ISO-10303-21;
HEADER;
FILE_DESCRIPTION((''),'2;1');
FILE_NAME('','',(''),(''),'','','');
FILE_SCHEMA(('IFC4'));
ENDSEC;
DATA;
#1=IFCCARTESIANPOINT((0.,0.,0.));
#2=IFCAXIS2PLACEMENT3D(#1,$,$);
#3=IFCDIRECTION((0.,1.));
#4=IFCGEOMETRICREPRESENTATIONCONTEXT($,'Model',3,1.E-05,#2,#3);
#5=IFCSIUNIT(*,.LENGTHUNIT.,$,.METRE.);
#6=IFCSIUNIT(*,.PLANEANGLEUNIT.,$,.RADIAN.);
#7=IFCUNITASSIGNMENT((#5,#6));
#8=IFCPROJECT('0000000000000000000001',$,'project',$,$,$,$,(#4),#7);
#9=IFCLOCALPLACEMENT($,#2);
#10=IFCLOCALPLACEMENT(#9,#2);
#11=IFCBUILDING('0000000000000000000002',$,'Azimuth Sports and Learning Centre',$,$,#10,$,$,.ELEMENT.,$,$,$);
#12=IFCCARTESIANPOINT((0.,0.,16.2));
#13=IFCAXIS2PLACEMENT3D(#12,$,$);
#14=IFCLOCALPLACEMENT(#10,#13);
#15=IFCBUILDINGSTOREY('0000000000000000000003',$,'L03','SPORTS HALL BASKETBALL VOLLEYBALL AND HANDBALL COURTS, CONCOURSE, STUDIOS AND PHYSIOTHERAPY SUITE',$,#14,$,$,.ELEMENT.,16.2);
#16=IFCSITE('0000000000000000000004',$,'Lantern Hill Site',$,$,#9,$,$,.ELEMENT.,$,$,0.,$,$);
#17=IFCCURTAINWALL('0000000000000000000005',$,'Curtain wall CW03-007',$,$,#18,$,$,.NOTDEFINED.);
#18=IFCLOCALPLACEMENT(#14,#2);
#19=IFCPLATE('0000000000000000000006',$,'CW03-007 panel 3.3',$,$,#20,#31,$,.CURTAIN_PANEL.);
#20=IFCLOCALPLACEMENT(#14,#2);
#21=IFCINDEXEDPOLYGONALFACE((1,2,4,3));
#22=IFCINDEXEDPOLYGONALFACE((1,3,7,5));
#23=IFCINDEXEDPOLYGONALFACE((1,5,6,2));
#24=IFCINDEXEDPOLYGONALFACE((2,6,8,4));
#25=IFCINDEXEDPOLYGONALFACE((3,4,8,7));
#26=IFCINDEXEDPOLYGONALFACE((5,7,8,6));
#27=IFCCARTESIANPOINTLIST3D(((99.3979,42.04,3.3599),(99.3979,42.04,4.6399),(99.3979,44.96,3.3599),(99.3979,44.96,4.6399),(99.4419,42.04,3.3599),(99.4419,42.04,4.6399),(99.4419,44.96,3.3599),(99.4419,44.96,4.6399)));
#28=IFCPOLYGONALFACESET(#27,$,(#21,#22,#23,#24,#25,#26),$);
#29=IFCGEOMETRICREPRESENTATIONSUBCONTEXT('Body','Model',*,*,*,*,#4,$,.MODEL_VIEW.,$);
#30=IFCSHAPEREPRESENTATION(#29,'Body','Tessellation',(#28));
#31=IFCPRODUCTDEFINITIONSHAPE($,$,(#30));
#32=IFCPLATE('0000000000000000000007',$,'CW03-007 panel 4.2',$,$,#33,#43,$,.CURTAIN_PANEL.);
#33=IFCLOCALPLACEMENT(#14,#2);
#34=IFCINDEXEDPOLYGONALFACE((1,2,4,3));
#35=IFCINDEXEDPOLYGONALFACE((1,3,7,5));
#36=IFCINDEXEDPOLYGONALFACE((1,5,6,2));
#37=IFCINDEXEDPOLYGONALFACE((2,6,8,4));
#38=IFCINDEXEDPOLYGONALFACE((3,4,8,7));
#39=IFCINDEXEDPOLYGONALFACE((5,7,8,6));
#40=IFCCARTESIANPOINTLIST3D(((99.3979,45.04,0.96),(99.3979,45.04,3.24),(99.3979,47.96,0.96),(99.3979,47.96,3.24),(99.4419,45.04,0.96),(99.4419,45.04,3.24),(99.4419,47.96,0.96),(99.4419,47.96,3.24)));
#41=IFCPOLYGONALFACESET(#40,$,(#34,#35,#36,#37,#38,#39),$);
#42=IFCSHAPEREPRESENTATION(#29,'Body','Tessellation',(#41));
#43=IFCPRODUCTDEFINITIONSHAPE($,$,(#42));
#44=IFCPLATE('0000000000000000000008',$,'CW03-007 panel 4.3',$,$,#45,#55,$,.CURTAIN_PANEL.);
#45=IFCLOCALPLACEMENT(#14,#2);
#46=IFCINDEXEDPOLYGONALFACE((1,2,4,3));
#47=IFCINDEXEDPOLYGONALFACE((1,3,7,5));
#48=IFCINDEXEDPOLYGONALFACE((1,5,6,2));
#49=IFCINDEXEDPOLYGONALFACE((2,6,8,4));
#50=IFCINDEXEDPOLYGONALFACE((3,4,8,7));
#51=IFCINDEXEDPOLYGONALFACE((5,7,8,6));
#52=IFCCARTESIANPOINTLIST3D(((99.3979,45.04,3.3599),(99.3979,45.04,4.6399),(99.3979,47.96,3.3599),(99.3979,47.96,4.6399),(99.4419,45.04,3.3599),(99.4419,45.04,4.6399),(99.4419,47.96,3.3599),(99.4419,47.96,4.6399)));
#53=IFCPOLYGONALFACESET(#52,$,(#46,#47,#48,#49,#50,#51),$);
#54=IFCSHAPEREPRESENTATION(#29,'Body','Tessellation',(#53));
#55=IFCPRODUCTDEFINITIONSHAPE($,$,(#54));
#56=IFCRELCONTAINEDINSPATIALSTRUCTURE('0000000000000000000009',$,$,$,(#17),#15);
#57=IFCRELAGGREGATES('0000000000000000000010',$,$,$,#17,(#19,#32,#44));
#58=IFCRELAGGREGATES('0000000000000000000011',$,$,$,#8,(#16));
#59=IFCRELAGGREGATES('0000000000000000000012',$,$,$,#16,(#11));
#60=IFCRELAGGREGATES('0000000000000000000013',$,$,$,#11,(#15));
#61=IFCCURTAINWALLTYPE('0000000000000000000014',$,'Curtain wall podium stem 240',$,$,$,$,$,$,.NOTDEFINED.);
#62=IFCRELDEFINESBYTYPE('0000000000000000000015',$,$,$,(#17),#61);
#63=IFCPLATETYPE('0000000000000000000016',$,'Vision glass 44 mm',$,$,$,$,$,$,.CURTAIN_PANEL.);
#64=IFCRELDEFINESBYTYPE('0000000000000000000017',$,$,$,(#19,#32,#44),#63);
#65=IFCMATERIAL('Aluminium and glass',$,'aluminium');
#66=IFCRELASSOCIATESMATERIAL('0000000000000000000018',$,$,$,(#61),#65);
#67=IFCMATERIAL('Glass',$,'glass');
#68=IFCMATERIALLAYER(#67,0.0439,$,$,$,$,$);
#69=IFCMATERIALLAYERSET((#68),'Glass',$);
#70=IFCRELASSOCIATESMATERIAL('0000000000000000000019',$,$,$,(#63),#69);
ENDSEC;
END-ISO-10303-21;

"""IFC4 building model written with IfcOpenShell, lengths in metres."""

from ifc_helpers import new_model, si_unit, direction, frame, origin, origin_2d, place, context, subcontext, project, spatial, rectangle, extrude, material, layer, layer_set, type_object, element, aggregate, save


model = new_model("IFC4")

# Units and contexts
model_context = context("Model", 3, precision=1e-05, world=origin(), true_north=direction((0.0, 1.0)))
body_context = subcontext(model_context, "Body", "Model", "MODEL_VIEW")
ifc_project = project(units=[si_unit("LENGTHUNIT", "METRE"), si_unit("PLANEANGLEUNIT", "RADIAN")], contexts=[model_context])

# Site, building, storey
site_placement = place(None, origin())
site = spatial("IfcSite", under=ifc_project, at=site_placement, Name="Lantern Hill Site", CompositionType="ELEMENT", RefElevation=0.0)
building_placement = place(site_placement, origin())
building = spatial("IfcBuilding", under=site, at=building_placement, Name="Azimuth Sports and Learning Centre", CompositionType="ELEMENT")
storey_placement = place(building_placement, frame((0.0, 0.0, 16.2)))
storey = spatial("IfcBuildingStorey", under=building, at=storey_placement, Name="L03", Description="SPORTS HALL BASKETBALL VOLLEYBALL AND HANDBALL COURTS, CONCOURSE, STUDIOS AND PHYSIOTHERAPY SUITE", CompositionType="ELEMENT", Elevation=16.2)

# Curtain wall, plates
ifc_material_1 = material(Name="Aluminium and glass", Category="aluminium")
curtain_wall_type = type_object("IfcCurtainWallType", Name="Curtain wall podium stem 240", PredefinedType="NOTDEFINED", material=ifc_material_1)
curtain_wall_placement = place(storey_placement, origin())
curtain_wall = element("IfcCurtainWall", 1, at=curtain_wall_placement, inside=storey, type_object=curtain_wall_type, Name="Curtain wall CW03-007", PredefinedType="NOTDEFINED")
ifc_material_2 = material(Name="Glass", Category="glass")
ifc_layer_1 = layer(ifc_material_2, 0.0439)
ifc_layer_set_1 = layer_set([ifc_layer_1], Name="Glass")
plate_type_1 = type_object("IfcPlateType", Name="Vision glass 44 mm", PredefinedType="CURTAIN_PANEL", material=ifc_layer_set_1)
plate_1_placement = place(storey_placement, frame((99.4199, 43.5, 3.3599), z_axis=(0.0, 0.0, 1.0), x_axis=(0.0, 1.0, 0.0)))
plate_1 = element("IfcPlate", 2, at=plate_1_placement, type_object=plate_type_1, Name="CW03-007 panel 3.3", PredefinedType="CURTAIN_PANEL", context=body_context, shape_type="SweptSolid", body=[
    extrude(rectangle(XDim=2.9199, YDim=0.0439, at=origin_2d()), origin(), (0.0, 0.0, 1.0), 1.28),
])
plate_2_placement = place(storey_placement, frame((99.4199, 46.5, 0.96), z_axis=(0.0, 0.0, 1.0), x_axis=(0.0, 1.0, 0.0)))
plate_2 = element("IfcPlate", 3, at=plate_2_placement, type_object=plate_type_1, Name="CW03-007 panel 4.2", PredefinedType="CURTAIN_PANEL", context=body_context, shape_type="SweptSolid", body=[
    extrude(rectangle(XDim=2.9199, YDim=0.0439, at=origin_2d()), origin(), (0.0, 0.0, 1.0), 2.28),
])
plate_3_placement = place(storey_placement, frame((99.4199, 46.5, 3.3599), z_axis=(0.0, 0.0, 1.0), x_axis=(0.0, 1.0, 0.0)))
plate_3 = element("IfcPlate", 4, at=plate_3_placement, type_object=plate_type_1, Name="CW03-007 panel 4.3", PredefinedType="CURTAIN_PANEL", context=body_context, shape_type="SweptSolid", body=[
    extrude(rectangle(XDim=2.9199, YDim=0.0439, at=origin_2d()), origin(), (0.0, 0.0, 1.0), 1.28),
])
aggregate(curtain_wall, [plate_1, plate_2, plate_3])

save(model, "model.ifc")
